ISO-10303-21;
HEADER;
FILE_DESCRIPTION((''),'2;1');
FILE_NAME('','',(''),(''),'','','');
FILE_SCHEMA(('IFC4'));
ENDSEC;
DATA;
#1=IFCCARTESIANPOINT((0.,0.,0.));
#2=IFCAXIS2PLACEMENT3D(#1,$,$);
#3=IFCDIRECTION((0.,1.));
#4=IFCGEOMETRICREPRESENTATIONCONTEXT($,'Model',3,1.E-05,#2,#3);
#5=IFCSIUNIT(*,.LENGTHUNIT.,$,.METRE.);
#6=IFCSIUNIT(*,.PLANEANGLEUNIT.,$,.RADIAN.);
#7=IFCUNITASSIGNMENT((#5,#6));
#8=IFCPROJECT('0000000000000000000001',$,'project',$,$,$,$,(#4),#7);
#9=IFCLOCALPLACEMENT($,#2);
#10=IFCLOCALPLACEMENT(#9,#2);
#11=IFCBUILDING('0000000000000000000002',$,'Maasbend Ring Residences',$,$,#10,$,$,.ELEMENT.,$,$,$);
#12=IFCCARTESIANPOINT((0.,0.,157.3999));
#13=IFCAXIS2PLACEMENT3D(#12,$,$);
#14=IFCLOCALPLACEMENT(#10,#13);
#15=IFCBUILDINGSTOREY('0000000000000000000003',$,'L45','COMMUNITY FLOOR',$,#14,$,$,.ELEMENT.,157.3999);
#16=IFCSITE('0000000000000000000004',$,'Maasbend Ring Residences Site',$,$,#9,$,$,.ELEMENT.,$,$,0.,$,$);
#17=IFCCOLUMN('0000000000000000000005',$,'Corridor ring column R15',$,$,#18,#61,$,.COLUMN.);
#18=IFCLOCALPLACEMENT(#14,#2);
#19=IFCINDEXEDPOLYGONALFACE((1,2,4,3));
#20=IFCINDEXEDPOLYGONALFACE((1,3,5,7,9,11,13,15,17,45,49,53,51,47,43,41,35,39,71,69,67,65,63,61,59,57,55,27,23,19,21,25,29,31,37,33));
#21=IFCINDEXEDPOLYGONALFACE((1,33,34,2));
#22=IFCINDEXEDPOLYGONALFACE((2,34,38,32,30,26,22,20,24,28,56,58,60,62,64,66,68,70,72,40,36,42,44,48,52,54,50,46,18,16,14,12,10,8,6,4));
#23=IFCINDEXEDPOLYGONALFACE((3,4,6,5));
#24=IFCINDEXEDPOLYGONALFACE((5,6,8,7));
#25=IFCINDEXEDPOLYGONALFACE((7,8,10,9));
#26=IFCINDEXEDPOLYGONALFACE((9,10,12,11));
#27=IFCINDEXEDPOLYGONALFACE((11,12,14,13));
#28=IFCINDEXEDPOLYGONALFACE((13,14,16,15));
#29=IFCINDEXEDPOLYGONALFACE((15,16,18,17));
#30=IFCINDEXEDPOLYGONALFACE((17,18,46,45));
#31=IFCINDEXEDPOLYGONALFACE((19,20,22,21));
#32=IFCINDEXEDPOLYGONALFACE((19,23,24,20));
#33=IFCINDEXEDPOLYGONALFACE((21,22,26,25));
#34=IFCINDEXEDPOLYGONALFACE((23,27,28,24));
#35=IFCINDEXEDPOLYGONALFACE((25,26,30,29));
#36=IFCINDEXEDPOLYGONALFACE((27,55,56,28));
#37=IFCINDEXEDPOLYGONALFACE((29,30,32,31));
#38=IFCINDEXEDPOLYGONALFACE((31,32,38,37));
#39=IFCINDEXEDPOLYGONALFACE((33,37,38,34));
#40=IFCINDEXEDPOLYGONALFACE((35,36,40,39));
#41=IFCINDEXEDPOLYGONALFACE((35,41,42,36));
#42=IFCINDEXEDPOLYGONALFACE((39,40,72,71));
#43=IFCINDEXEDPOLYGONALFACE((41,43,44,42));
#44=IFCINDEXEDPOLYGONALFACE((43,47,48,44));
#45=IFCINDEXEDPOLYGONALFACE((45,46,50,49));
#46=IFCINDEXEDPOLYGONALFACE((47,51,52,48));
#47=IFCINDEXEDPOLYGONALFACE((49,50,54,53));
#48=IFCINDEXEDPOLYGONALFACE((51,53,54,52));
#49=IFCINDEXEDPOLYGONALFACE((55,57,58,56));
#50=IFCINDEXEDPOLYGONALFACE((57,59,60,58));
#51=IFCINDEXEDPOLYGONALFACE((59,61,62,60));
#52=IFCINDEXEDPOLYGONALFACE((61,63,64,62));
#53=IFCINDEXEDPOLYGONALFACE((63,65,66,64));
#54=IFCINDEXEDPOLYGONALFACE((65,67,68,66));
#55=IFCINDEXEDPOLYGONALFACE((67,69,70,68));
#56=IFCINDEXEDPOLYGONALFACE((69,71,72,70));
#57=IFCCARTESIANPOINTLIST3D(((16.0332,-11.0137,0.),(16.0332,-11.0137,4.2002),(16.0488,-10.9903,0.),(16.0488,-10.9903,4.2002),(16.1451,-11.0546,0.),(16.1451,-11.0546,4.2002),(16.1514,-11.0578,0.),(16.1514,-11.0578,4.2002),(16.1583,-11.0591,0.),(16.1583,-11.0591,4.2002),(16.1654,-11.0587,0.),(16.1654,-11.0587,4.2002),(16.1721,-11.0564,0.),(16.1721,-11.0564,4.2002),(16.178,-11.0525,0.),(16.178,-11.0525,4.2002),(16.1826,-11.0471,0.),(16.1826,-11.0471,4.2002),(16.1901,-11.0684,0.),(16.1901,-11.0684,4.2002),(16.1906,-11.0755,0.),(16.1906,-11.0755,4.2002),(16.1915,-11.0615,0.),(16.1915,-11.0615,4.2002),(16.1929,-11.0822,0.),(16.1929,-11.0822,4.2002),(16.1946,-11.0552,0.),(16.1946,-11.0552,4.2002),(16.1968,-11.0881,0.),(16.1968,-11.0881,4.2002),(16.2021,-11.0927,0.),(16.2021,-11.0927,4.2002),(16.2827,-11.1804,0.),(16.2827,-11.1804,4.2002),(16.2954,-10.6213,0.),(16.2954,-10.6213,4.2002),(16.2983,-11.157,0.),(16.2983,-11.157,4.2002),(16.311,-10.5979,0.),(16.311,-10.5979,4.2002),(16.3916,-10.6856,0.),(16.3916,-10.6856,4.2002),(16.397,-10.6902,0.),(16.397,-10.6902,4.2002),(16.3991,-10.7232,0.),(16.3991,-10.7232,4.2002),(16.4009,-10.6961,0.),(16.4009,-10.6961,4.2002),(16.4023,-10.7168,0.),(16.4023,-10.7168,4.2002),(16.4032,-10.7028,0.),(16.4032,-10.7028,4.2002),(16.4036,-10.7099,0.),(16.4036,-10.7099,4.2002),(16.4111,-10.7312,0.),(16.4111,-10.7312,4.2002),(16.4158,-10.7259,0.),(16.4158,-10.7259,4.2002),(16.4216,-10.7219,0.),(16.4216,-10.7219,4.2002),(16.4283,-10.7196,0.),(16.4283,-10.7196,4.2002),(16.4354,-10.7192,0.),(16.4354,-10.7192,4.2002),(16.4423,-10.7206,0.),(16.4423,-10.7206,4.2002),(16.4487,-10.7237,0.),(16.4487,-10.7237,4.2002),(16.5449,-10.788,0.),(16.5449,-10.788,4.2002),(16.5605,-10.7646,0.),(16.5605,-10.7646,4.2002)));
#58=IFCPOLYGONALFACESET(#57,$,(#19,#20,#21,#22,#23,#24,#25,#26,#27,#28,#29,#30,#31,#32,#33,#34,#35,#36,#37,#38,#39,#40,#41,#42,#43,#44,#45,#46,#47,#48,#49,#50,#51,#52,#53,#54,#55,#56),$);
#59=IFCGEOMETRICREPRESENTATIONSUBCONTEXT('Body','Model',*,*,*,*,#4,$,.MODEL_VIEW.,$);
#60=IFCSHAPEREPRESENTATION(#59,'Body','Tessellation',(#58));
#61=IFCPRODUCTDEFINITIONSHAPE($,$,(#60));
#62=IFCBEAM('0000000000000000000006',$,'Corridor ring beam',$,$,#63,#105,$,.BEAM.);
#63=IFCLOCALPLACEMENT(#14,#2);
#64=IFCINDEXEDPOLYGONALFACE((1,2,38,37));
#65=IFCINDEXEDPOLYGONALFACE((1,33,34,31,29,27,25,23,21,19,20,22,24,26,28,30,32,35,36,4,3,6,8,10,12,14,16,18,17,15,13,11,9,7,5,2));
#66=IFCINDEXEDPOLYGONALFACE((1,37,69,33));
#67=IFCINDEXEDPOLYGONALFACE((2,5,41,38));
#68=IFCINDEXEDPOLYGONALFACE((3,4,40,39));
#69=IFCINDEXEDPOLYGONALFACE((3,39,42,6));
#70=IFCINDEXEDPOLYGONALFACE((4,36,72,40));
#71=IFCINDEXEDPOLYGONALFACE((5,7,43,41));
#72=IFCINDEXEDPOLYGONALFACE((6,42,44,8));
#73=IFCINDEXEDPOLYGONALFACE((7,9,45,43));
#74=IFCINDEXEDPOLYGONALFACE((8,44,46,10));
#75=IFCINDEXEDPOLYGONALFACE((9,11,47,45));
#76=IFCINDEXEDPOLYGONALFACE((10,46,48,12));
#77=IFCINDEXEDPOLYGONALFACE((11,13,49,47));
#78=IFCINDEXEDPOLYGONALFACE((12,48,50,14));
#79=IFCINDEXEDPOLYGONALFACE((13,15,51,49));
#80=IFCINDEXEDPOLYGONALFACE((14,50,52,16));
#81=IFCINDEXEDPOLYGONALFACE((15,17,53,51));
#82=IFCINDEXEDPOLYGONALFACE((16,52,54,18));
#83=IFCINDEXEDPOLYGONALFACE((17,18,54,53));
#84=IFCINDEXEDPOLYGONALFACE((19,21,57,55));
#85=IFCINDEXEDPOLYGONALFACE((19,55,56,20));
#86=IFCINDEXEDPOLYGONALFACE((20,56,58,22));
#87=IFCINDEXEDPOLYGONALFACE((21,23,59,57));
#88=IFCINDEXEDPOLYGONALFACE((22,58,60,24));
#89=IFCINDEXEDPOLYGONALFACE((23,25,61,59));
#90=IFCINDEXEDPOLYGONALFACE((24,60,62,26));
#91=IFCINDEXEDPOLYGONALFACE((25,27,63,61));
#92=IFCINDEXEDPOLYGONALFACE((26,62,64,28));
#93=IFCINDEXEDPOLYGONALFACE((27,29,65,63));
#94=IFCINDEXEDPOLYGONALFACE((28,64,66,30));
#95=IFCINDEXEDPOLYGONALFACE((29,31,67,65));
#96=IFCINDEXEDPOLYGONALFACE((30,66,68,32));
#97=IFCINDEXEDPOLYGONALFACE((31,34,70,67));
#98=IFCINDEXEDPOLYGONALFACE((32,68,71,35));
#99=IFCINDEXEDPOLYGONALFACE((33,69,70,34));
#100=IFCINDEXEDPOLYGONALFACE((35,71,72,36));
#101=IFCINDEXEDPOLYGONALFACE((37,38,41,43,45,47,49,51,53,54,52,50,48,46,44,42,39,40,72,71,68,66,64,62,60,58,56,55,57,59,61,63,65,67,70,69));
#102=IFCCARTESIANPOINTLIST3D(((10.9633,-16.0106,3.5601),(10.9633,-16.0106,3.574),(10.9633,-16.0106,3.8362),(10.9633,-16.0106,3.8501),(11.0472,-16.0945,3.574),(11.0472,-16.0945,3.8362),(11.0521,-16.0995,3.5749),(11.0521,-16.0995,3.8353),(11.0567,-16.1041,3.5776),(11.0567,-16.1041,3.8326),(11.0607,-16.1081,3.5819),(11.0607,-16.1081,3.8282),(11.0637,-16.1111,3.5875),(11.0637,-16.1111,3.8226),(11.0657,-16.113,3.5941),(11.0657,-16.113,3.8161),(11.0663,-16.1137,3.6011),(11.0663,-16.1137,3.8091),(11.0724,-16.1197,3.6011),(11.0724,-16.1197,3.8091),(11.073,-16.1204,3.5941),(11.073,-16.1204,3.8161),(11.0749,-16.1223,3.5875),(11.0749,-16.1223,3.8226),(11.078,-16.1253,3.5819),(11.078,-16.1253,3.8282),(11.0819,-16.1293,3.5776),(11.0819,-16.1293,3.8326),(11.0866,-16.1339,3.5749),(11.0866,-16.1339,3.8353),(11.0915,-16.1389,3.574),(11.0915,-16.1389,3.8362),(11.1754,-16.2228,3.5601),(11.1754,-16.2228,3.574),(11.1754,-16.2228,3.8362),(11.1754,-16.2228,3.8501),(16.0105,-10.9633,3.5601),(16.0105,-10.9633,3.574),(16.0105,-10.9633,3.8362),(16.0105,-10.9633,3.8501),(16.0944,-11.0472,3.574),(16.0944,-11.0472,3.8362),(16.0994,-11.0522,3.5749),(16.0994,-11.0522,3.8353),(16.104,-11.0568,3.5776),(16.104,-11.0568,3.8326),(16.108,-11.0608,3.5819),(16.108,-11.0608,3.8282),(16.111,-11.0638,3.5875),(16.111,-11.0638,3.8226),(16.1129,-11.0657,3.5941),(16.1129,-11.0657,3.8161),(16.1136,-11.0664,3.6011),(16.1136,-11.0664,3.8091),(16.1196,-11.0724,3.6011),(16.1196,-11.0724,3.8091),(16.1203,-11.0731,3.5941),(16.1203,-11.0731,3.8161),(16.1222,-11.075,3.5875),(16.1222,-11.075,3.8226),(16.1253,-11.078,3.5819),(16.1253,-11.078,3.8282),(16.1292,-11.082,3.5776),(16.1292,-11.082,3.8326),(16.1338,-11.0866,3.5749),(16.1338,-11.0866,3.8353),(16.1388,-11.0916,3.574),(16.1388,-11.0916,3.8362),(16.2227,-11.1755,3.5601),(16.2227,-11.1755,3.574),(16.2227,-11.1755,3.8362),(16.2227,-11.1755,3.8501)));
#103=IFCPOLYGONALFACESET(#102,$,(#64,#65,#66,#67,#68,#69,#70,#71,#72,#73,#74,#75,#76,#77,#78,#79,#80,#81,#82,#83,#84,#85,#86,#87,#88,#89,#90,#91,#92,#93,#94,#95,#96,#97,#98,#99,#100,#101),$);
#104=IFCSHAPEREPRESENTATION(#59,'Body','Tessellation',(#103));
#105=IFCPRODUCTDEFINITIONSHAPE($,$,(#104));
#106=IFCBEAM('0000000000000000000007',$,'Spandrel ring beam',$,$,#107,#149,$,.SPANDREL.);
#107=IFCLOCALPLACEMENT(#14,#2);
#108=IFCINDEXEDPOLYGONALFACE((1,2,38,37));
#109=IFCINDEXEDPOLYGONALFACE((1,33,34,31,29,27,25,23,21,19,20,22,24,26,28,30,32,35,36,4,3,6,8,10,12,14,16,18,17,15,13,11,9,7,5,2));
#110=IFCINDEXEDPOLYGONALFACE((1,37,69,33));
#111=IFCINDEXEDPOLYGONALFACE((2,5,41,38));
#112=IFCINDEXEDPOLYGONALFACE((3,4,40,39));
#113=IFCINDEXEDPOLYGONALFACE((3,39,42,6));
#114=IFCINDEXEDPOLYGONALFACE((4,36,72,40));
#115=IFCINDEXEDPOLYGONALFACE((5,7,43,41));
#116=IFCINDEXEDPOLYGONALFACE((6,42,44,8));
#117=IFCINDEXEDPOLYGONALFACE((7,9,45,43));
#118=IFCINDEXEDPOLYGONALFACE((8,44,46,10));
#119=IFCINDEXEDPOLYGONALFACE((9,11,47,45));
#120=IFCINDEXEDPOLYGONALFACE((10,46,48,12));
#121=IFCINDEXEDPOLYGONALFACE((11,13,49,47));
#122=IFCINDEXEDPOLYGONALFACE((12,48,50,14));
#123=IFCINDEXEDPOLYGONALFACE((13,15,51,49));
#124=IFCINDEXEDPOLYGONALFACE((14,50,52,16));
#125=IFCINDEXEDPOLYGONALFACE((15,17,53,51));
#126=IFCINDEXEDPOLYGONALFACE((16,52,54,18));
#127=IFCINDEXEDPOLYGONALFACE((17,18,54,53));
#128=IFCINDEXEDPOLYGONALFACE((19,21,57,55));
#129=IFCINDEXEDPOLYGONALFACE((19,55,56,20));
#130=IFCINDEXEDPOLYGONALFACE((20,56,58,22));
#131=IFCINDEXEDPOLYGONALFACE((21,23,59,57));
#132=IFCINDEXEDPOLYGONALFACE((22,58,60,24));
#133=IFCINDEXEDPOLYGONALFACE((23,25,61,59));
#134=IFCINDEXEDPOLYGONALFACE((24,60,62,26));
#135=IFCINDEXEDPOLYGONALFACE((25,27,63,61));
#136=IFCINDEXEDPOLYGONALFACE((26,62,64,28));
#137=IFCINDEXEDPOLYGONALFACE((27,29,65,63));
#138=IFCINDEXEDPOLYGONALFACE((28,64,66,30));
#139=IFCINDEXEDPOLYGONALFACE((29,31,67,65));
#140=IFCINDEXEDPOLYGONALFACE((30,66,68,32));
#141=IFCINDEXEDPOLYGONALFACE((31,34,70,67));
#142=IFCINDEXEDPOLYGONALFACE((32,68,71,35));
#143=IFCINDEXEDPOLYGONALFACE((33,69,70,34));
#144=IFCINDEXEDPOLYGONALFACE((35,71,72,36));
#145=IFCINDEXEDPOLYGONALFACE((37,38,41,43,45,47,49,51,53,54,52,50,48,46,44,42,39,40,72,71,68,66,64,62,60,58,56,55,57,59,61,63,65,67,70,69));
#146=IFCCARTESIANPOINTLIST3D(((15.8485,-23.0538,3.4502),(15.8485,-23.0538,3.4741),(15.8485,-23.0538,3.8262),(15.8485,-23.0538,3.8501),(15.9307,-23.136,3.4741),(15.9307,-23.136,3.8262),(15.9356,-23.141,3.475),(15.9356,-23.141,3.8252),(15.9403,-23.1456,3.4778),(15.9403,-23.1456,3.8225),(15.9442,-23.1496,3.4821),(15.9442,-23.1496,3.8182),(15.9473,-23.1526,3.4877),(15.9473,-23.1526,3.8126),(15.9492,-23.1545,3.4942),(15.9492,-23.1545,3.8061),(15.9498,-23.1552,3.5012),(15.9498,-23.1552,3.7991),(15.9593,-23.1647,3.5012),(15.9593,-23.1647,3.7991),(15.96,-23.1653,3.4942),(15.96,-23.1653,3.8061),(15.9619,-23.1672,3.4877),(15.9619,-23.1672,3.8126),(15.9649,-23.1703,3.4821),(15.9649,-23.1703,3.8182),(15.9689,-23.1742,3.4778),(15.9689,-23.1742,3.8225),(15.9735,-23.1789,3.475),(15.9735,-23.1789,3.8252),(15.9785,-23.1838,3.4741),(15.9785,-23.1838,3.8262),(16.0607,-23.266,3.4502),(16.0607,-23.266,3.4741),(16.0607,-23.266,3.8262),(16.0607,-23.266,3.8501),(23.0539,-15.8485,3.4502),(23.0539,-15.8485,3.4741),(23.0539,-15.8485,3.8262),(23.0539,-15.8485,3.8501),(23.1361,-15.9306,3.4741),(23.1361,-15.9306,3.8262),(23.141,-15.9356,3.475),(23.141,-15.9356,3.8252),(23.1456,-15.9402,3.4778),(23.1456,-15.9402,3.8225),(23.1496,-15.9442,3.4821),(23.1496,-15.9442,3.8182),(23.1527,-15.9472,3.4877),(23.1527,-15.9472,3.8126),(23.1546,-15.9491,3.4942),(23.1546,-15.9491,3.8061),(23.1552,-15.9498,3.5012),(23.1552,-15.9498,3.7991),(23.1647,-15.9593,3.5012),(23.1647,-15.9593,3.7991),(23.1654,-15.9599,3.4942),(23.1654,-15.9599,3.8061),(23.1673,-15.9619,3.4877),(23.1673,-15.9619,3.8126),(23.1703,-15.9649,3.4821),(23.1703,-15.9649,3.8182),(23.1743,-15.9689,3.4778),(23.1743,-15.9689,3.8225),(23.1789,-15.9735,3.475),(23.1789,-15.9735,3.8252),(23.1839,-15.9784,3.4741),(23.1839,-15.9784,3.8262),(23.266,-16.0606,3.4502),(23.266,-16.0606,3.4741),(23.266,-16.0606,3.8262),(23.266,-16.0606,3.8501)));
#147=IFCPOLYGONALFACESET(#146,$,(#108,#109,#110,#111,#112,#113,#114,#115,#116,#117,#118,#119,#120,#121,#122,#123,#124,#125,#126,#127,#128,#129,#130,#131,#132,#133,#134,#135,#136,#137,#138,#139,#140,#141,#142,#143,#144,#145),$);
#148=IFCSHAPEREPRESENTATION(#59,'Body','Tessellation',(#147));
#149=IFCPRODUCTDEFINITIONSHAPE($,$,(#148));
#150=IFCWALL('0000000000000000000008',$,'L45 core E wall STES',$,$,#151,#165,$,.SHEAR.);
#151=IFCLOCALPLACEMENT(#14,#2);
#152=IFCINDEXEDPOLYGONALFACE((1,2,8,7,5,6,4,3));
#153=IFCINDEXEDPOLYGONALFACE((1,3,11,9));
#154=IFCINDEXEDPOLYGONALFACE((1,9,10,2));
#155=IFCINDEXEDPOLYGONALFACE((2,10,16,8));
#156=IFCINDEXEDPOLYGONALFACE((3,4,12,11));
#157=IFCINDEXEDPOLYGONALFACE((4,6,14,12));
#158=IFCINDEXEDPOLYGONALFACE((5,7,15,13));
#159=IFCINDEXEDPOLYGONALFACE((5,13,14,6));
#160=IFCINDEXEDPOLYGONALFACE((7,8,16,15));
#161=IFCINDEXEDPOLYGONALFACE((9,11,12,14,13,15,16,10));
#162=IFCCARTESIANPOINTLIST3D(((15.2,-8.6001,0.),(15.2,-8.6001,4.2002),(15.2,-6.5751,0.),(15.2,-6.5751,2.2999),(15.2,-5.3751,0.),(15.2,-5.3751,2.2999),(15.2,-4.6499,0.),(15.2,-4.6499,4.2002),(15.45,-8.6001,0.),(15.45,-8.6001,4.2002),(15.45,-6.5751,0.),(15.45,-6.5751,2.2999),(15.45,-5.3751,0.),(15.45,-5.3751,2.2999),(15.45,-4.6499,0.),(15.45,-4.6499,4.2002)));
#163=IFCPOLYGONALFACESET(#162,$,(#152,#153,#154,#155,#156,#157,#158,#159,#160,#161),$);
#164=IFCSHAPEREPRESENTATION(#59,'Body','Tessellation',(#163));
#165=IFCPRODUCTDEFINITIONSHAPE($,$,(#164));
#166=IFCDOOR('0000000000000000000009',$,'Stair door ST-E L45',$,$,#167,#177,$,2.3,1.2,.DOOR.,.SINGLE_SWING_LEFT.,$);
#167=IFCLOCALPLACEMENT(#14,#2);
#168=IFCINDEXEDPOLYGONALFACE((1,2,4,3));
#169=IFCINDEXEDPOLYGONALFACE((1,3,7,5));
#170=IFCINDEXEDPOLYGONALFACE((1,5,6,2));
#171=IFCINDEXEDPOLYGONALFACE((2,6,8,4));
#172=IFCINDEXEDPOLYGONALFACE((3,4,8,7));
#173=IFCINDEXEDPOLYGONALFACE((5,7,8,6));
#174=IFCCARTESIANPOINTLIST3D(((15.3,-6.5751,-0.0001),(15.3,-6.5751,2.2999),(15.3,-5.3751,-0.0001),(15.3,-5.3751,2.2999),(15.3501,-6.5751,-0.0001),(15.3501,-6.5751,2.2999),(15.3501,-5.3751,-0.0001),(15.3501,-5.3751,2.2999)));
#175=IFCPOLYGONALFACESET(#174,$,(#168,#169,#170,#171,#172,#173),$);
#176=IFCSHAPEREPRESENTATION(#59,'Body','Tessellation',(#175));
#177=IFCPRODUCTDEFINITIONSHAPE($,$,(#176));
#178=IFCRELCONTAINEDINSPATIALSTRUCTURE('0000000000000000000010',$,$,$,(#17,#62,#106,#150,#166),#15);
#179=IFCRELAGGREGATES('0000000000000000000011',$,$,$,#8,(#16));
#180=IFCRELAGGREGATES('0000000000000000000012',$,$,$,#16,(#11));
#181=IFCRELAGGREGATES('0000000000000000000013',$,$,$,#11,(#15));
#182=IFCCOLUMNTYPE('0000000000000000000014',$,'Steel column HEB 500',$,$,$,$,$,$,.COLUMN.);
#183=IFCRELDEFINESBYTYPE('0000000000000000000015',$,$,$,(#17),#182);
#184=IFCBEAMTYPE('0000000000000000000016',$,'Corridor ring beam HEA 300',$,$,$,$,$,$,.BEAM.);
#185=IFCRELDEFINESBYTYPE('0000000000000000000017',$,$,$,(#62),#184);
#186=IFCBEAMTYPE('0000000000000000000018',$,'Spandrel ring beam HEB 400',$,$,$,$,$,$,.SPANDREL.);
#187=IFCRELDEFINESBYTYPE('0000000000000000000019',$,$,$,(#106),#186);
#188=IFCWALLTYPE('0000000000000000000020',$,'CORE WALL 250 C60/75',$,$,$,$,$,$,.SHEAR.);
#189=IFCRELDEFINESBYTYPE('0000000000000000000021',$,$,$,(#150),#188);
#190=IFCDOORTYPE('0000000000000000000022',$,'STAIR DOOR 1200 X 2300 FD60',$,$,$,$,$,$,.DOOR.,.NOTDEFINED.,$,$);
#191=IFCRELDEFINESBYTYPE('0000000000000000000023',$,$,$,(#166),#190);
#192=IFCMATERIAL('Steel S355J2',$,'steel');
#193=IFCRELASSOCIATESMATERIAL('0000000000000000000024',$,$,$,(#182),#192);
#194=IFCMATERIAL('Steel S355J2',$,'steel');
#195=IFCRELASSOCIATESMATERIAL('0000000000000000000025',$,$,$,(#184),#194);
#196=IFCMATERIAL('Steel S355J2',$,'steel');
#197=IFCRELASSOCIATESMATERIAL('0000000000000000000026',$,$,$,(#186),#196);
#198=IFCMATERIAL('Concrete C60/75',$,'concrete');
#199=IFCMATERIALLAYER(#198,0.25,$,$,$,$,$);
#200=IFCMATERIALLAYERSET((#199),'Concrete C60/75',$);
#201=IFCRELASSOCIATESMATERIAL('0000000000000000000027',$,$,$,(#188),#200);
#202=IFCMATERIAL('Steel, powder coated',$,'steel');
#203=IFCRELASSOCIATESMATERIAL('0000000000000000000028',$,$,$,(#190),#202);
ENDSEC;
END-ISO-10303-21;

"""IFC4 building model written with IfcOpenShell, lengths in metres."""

from ifc_helpers import new_model, si_unit, direction, frame, frame_2d, origin, origin_2d, place, context, subcontext, project, spatial, rectangle, i_section, extrude, material, layer, layer_set, material_profile, profile_set, type_object, element, fill, save


model = new_model("IFC4")

# Units and contexts
model_context = context("Model", 3, precision=1e-05, world=origin(), true_north=direction((0.0, 1.0)))
body_context = subcontext(model_context, "Body", "Model", "MODEL_VIEW")
ifc_project = project(units=[si_unit("LENGTHUNIT", "METRE"), si_unit("PLANEANGLEUNIT", "RADIAN")], contexts=[model_context])

# Site, building, storey
site_placement = place(None, origin())
site = spatial("IfcSite", under=ifc_project, at=site_placement, Name="Maasbend Ring Residences Site", CompositionType="ELEMENT", RefElevation=0.0)
building_placement = place(site_placement, origin())
building = spatial("IfcBuilding", under=site, at=building_placement, Name="Maasbend Ring Residences", CompositionType="ELEMENT")
storey_placement = place(building_placement, frame((0.0, 0.0, 157.3999)))
storey = spatial("IfcBuildingStorey", under=building, at=storey_placement, Name="L45", Description="COMMUNITY FLOOR", CompositionType="ELEMENT", Elevation=157.3999)

# Column
ifc_material_1 = material(Name="Steel S355J2", Category="steel")
ifc_material_profile_1 = material_profile(ifc_material_1, i_section(OverallWidth=0.3, OverallDepth=0.5, WebThickness=0.0144, FlangeThickness=0.0281, FilletRadius=0.0271, at=origin_2d()), Name="HEB 500")
ifc_profile_set_1 = profile_set([ifc_material_profile_1], Name="Steel S355J2")
column_type_1 = type_object("IfcColumnType", Name="Steel column HEB 500", PredefinedType="COLUMN", material=ifc_profile_set_1)
for number, where, z_axis, x_axis, name in (
    (1, (16.2969, -10.8892, 0.0), (0.0, 0.0, 1.0), (0.83147, -0.55557, 0.0), "Corridor ring column R15"),
):
    element("IfcColumn", number, at=place(storey_placement, frame(where, z_axis=z_axis, x_axis=x_axis)), inside=storey, type_object=column_type_1, Name=name, PredefinedType="COLUMN", context=body_context, shape_type="SweptSolid", body=[
        extrude(i_section(OverallWidth=0.3, OverallDepth=0.5, WebThickness=0.0144, FlangeThickness=0.0281, FilletRadius=0.0271, at=origin_2d()), origin(), (0.0, 0.0, 1.0), 4.2002),
    ])

# Beams
ifc_material_2 = material(Name="Steel S355J2", Category="steel")
ifc_material_profile_2 = material_profile(ifc_material_2, i_section(OverallWidth=0.3, OverallDepth=0.29, WebThickness=0.0085, FlangeThickness=0.0139, FilletRadius=0.0271, at=origin_2d()), Name="HEA 300")
ifc_profile_set_2 = profile_set([ifc_material_profile_2], Name="Steel S355J2")
beam_type_1 = type_object("IfcBeamType", Name="Corridor ring beam HEA 300", PredefinedType="BEAM", material=ifc_profile_set_2)
beam_1_placement = place(storey_placement, frame((11.0693, -16.1167, 3.7051), z_axis=(0.707107, 0.707107, 0.0), x_axis=(-0.707107, 0.707107, 0.0)))
element("IfcBeam", 2, at=beam_1_placement, inside=storey, type_object=beam_type_1, Name="Corridor ring beam", PredefinedType="BEAM", context=body_context, shape_type="SweptSolid", body=[
    extrude(i_section(OverallWidth=0.3, OverallDepth=0.29, WebThickness=0.0085, FlangeThickness=0.0139, FilletRadius=0.0271, at=origin_2d()), origin(), (0.0, 0.0, 1.0), 7.1379),
])
ifc_material_3 = material(Name="Steel S355J2", Category="steel")
ifc_material_profile_3 = material_profile(ifc_material_3, i_section(OverallWidth=0.3, OverallDepth=0.3999, WebThickness=0.0134, FlangeThickness=0.0239, FilletRadius=0.0271, at=origin_2d()), Name="HEB 400")
ifc_profile_set_3 = profile_set([ifc_material_profile_3], Name="Steel S355J2")
beam_type_2 = type_object("IfcBeamType", Name="Spandrel ring beam HEB 400", PredefinedType="SPANDREL", material=ifc_profile_set_3)
beam_2_placement = place(storey_placement, frame((15.9546, -23.1599, 3.6501), z_axis=(0.707107, 0.707107, 0.0), x_axis=(-0.707107, 0.707107, 0.0)))
element("IfcBeam", 3, at=beam_2_placement, inside=storey, type_object=beam_type_2, Name="Spandrel ring beam", PredefinedType="SPANDREL", context=body_context, shape_type="SweptSolid", body=[
    extrude(i_section(OverallWidth=0.3, OverallDepth=0.3999, WebThickness=0.0134, FlangeThickness=0.0239, FilletRadius=0.0271, at=origin_2d()), origin(), (0.0, 0.0, 1.0), 10.1899),
])

# Wall, opening, door
ifc_material_4 = material(Name="Concrete C60/75", Category="concrete")
ifc_layer_1 = layer(ifc_material_4, 0.25)
ifc_layer_set_1 = layer_set([ifc_layer_1], Name="Concrete C60/75")
wall_type_1 = type_object("IfcWallType", Name="CORE WALL 250 C60/75", PredefinedType="SHEAR", material=ifc_layer_set_1)
wall_1_placement = place(storey_placement, frame((15.325, -8.6001, 0.0), z_axis=(0.0, 0.0, 1.0), x_axis=(0.0, 1.0, 0.0)))
wall_1 = element("IfcWall", 4, at=wall_1_placement, inside=storey, type_object=wall_type_1, Name="L45 core E wall STES", PredefinedType="SHEAR", context=body_context, shape_type="SweptSolid", body=[
    extrude(rectangle(XDim=3.9502, YDim=0.25, at=frame_2d((1.9751, 0.0))), origin(), (0.0, 0.0, 1.0), 4.2002),
])
opening_1_placement = place(wall_1_placement, frame((2.0249, 0.0, 0.0)))
opening_1 = element("IfcOpeningElement", 5, at=opening_1_placement, cuts=wall_1, PredefinedType="OPENING", context=body_context, shape_type="SweptSolid", body=[
    extrude(rectangle(XDim=1.2, YDim=2.3, at=frame_2d((0.6001, 1.1499))), frame((0.0, 0.135, 0.0), z_axis=(0.0, -1.0, 0.0), x_axis=(1.0, 0.0, 0.0)), (0.0, 0.0, 1.0), 0.27),
])
ifc_material_5 = material(Name="Steel, powder coated", Category="steel")
door_type_1 = type_object("IfcDoorType", Name="STAIR DOOR 1200 X 2300 FD60", OperationType="NOTDEFINED", PredefinedType="DOOR", material=ifc_material_5)
door_1_placement = place(opening_1_placement, origin())
door_1 = element("IfcDoor", 6, at=door_1_placement, inside=storey, type_object=door_type_1, Name="Stair door ST-E L45", OperationType="SINGLE_SWING_LEFT", OverallHeight=2.3, OverallWidth=1.2, PredefinedType="DOOR", context=body_context, shape_type="SweptSolid", body=[
    extrude(rectangle(XDim=1.2, YDim=2.3, at=frame_2d((0.6001, 1.1499))), frame((0.0, 0.0249, 0.0), z_axis=(0.0, -1.0, 0.0), x_axis=(1.0, 0.0, 0.0)), (0.0, 0.0, 1.0), 0.05),
])
fill(opening_1, door_1)

save(model, "model.ifc")
